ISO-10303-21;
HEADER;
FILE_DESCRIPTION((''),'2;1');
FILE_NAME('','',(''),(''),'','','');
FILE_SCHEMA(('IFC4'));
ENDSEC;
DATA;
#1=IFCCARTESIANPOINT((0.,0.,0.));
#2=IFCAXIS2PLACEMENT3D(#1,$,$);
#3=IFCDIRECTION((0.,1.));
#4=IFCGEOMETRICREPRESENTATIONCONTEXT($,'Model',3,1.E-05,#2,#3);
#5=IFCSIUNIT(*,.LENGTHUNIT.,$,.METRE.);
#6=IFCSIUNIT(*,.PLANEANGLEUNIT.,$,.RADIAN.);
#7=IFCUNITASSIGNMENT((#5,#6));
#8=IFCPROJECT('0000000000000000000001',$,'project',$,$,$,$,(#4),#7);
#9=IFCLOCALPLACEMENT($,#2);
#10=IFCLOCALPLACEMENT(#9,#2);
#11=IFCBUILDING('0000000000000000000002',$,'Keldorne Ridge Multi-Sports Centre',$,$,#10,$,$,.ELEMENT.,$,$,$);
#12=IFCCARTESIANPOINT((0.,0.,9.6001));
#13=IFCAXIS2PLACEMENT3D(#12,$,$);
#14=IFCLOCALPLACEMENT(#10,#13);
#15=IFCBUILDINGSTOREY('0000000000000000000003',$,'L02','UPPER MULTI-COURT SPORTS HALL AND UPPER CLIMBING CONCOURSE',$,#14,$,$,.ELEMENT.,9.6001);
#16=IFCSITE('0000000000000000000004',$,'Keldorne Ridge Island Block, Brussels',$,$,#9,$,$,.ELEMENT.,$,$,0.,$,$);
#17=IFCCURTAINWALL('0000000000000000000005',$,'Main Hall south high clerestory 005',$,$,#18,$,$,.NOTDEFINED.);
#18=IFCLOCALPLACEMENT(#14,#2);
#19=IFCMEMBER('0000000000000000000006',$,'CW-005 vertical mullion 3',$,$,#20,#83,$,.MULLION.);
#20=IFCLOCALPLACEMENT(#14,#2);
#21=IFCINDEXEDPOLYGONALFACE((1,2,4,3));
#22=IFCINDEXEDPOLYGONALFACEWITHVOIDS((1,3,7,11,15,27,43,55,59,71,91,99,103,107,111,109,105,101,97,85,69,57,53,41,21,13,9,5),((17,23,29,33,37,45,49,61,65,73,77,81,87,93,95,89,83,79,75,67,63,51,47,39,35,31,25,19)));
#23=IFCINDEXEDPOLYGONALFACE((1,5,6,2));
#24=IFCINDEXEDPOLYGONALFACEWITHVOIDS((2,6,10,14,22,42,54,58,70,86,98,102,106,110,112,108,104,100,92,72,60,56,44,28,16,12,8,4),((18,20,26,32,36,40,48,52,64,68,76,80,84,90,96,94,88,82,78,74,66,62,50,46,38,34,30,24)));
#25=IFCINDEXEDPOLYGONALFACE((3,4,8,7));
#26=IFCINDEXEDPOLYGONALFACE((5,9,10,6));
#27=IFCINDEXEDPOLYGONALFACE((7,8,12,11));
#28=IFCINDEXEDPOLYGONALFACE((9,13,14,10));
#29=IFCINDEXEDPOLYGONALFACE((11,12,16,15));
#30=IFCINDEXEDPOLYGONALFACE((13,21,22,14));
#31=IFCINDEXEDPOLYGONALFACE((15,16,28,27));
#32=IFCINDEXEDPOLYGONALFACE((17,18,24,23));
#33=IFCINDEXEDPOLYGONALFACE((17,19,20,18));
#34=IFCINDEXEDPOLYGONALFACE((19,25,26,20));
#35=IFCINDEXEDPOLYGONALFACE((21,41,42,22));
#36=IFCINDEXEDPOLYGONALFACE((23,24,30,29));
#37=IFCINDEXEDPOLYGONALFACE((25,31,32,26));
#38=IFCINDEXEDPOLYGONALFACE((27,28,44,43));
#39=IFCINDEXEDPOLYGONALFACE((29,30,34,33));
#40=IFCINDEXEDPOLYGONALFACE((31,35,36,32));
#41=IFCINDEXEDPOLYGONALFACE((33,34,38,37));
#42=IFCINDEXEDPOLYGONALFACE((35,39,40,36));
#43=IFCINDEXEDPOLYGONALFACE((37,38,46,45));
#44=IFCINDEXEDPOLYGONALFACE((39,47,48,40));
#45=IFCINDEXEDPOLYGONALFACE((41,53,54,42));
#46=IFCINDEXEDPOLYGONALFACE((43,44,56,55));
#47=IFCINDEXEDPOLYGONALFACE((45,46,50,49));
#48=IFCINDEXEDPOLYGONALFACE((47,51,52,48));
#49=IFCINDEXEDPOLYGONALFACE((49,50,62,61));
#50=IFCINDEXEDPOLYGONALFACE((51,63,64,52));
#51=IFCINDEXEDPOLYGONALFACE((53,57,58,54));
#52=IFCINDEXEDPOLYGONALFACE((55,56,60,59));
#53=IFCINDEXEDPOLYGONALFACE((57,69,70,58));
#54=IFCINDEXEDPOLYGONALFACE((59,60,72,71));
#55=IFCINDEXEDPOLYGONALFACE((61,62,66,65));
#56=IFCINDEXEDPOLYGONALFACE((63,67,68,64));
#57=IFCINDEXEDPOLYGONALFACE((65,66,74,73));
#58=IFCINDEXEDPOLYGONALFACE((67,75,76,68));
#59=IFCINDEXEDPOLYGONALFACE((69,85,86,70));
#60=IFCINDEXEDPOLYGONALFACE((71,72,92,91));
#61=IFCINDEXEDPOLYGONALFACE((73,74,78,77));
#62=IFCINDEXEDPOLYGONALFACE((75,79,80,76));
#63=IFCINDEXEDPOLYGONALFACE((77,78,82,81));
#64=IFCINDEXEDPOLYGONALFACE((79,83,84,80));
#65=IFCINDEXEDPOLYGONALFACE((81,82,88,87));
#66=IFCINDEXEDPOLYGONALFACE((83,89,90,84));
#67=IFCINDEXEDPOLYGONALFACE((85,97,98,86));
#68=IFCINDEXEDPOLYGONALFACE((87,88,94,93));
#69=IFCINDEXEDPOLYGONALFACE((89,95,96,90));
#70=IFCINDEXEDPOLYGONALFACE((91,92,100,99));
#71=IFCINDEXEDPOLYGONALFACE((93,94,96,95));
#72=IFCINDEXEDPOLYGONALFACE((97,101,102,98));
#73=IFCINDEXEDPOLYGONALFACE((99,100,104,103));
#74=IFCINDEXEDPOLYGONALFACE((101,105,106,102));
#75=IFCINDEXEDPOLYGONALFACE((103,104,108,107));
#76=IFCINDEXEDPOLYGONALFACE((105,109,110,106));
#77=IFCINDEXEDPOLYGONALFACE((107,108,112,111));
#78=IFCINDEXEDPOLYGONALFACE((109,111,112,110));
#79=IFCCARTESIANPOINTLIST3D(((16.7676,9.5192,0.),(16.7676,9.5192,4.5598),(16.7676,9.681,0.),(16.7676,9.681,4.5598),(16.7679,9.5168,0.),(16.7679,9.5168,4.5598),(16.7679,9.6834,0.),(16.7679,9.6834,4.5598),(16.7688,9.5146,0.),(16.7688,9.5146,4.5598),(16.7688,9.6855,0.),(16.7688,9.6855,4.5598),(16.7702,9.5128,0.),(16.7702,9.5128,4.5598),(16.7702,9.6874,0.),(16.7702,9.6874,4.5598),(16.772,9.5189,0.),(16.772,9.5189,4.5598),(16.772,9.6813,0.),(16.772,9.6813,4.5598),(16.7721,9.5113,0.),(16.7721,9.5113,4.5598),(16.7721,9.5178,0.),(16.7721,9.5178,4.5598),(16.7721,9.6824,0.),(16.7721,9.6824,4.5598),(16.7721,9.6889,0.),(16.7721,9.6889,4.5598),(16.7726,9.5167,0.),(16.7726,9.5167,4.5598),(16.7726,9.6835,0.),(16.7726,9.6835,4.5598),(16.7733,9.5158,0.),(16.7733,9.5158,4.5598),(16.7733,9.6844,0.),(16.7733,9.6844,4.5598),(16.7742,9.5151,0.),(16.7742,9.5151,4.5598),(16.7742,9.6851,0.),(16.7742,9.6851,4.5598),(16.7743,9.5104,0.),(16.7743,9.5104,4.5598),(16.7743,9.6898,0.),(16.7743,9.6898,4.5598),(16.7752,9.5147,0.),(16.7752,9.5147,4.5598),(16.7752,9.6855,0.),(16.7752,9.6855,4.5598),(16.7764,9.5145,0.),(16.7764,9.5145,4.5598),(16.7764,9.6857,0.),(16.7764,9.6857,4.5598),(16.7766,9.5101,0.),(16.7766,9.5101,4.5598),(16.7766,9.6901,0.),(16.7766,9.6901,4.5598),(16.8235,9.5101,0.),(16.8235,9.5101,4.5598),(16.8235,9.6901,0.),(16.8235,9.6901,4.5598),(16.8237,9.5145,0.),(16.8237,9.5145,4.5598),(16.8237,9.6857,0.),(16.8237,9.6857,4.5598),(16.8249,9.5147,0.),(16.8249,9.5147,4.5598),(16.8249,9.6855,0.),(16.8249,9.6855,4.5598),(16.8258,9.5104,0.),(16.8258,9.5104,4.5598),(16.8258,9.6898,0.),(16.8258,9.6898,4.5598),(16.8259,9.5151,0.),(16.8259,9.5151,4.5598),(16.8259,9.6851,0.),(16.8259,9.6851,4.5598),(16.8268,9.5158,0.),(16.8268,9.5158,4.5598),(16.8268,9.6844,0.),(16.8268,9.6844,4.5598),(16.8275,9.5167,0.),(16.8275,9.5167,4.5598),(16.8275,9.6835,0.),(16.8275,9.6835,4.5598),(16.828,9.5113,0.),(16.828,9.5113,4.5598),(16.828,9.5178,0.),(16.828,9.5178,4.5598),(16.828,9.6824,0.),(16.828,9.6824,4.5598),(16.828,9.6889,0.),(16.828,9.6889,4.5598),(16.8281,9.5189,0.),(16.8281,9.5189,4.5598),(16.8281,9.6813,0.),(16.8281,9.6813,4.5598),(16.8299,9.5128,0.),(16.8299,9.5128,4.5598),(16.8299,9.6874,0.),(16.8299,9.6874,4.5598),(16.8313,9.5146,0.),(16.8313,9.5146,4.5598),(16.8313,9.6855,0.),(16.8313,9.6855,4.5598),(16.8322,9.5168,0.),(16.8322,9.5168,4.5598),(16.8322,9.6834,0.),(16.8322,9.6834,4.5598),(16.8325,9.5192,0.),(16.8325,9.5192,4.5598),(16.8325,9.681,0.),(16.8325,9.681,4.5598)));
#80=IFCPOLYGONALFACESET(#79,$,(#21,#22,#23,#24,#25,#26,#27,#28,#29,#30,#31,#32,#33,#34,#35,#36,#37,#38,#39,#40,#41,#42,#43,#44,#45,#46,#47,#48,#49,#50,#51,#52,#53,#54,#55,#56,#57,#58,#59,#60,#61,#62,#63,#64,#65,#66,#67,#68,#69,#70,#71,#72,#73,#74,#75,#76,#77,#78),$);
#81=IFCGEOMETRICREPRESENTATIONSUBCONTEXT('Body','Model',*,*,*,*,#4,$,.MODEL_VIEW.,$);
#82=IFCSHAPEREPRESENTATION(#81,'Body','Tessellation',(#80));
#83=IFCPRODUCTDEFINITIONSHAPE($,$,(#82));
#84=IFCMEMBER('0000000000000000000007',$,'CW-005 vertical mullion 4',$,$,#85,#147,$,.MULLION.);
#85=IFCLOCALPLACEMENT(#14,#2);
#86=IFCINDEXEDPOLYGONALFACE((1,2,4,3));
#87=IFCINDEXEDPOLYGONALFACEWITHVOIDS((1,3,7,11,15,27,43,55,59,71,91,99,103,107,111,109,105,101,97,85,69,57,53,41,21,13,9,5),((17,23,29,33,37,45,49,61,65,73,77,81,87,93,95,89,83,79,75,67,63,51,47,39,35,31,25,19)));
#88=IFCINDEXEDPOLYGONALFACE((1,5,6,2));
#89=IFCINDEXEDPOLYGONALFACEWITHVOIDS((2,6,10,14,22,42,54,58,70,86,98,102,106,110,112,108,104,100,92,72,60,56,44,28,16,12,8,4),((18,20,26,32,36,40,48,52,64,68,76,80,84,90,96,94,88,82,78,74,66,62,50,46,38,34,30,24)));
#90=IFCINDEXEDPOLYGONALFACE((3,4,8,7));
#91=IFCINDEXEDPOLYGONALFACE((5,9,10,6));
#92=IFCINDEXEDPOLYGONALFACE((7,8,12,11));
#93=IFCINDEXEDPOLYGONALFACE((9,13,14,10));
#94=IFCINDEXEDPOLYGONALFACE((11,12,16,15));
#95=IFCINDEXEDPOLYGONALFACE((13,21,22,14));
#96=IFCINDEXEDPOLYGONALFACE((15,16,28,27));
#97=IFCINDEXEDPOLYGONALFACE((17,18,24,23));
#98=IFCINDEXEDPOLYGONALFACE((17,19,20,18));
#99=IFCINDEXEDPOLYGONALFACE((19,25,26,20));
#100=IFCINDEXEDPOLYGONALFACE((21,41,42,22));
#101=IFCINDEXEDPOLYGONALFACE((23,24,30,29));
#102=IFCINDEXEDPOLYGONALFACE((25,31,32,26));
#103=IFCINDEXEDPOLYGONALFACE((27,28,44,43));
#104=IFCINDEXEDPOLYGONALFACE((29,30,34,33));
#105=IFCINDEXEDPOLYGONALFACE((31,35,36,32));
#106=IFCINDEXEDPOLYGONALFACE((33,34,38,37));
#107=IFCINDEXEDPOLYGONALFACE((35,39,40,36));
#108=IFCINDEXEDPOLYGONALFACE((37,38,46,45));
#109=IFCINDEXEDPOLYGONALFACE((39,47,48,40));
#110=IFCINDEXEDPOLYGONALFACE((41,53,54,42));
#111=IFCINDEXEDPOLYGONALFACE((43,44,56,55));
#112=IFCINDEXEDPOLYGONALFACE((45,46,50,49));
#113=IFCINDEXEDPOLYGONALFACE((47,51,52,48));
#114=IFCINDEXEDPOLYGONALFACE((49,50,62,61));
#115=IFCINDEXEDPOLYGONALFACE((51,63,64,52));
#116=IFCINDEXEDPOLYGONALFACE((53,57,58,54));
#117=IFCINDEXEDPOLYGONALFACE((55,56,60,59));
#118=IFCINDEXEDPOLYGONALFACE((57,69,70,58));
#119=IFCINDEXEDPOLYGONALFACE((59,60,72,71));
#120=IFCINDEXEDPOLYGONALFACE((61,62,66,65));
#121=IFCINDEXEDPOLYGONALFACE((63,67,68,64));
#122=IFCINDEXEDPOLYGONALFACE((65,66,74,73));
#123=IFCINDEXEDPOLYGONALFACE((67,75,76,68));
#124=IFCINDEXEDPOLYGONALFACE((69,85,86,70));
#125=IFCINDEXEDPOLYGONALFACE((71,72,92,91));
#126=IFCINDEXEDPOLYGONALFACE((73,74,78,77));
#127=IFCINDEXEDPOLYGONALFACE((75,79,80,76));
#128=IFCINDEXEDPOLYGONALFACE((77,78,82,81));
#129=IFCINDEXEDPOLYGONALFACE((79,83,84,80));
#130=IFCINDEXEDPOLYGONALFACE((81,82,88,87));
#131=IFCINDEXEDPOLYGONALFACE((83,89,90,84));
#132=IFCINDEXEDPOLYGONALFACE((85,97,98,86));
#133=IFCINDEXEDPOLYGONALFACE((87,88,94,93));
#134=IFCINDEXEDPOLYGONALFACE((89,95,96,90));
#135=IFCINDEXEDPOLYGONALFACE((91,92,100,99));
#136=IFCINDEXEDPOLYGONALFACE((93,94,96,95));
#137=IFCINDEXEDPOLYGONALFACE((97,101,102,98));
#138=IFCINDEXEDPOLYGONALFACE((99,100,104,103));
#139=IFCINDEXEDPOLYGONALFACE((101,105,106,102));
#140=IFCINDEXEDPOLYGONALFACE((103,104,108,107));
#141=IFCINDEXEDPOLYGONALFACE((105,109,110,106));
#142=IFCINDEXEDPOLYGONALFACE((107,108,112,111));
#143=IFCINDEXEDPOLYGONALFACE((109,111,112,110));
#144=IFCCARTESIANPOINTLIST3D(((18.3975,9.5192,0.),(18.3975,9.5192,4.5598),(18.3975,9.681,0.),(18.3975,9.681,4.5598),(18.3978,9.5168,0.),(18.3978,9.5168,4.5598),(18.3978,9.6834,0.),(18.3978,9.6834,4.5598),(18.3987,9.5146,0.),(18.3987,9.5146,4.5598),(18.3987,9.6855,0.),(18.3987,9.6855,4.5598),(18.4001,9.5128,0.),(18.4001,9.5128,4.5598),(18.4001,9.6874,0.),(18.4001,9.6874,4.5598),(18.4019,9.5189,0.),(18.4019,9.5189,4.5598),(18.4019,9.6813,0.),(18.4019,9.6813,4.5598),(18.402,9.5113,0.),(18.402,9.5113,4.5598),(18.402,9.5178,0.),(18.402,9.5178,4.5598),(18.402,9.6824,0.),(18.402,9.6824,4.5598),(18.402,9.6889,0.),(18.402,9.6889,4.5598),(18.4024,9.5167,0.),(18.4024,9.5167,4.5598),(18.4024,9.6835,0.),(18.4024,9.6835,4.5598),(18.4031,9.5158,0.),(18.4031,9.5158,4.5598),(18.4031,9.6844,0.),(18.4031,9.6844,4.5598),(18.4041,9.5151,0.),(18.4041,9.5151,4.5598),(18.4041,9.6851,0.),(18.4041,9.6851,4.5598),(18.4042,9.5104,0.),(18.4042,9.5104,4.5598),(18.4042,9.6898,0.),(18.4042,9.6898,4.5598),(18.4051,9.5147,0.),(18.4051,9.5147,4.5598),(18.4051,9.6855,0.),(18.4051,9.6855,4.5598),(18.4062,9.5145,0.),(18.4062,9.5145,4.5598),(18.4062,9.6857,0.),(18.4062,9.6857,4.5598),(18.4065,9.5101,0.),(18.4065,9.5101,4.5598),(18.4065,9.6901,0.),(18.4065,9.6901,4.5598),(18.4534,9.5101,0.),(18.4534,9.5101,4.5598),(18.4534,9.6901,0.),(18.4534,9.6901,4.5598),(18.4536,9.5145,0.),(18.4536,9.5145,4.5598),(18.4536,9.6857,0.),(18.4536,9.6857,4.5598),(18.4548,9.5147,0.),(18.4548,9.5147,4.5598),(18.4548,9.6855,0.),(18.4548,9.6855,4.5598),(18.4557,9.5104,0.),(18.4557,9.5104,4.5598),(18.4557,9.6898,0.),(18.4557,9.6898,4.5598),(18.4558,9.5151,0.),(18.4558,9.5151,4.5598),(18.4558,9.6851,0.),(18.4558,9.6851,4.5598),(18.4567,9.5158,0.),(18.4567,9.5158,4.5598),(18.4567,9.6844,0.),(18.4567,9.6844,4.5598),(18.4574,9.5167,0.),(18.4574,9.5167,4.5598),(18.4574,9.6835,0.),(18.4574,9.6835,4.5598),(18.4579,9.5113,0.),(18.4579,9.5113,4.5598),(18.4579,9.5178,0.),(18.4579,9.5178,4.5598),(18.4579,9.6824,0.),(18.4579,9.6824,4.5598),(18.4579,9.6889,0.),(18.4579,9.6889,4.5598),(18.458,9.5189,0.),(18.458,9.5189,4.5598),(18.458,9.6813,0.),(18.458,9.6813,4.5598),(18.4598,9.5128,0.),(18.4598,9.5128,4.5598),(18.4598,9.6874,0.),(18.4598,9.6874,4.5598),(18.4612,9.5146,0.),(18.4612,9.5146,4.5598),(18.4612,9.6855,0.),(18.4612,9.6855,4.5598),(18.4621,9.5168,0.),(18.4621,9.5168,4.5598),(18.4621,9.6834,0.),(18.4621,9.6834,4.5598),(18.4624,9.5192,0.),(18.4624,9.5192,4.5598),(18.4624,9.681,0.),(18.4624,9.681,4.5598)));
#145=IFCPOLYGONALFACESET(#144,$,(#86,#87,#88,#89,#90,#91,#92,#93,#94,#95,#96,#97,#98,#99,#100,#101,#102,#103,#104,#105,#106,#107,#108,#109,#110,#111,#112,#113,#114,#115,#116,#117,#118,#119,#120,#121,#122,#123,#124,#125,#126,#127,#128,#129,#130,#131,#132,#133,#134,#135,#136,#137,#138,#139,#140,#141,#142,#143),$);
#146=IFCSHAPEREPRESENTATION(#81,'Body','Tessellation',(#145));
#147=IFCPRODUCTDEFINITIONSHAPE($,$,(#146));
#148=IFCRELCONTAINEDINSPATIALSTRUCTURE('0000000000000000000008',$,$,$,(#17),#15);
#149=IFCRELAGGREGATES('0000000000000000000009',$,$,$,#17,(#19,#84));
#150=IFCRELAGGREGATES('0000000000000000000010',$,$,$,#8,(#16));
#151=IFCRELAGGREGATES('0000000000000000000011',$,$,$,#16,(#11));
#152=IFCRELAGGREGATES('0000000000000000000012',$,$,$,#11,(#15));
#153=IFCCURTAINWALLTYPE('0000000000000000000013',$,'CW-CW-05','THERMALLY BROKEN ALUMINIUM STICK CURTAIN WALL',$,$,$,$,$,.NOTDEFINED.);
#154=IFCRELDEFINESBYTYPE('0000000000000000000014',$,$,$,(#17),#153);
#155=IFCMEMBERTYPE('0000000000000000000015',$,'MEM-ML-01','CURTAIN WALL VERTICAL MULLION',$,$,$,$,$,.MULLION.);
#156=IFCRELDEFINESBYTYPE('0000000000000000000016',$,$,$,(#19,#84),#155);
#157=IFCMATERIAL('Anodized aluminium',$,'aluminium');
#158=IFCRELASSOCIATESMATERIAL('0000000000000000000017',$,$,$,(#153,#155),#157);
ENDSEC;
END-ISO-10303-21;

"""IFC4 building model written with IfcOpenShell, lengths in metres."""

from ifc_helpers import new_model, si_unit, direction, frame, origin, origin_2d, place, context, subcontext, project, spatial, hollow_rectangle, extrude, material, material_profile, profile_set, type_object, element, aggregate, save


model = new_model("IFC4")

# Units and contexts
model_context = context("Model", 3, precision=1e-05, world=origin(), true_north=direction((0.0, 1.0)))
body_context = subcontext(model_context, "Body", "Model", "MODEL_VIEW")
ifc_project = project(units=[si_unit("LENGTHUNIT", "METRE"), si_unit("PLANEANGLEUNIT", "RADIAN")], contexts=[model_context])

# Site, building, storey
site_placement = place(None, origin())
site = spatial("IfcSite", under=ifc_project, at=site_placement, Name="Keldorne Ridge Island Block, Brussels", CompositionType="ELEMENT", RefElevation=0.0)
building_placement = place(site_placement, origin())
building = spatial("IfcBuilding", under=site, at=building_placement, Name="Keldorne Ridge Multi-Sports Centre", CompositionType="ELEMENT")
storey_placement = place(building_placement, frame((0.0, 0.0, 9.6001)))
storey = spatial("IfcBuildingStorey", under=building, at=storey_placement, Name="L02", Description="UPPER MULTI-COURT SPORTS HALL AND UPPER CLIMBING CONCOURSE", CompositionType="ELEMENT", Elevation=9.6001)

# Curtain wall, members
ifc_material_1 = material(Name="Anodized aluminium", Category="aluminium")
curtain_wall_type = type_object("IfcCurtainWallType", Name="CW-CW-05", Description="THERMALLY BROKEN ALUMINIUM STICK CURTAIN WALL", PredefinedType="NOTDEFINED", material=ifc_material_1)
curtain_wall_placement = place(storey_placement, origin())
curtain_wall = element("IfcCurtainWall", 1, at=curtain_wall_placement, inside=storey, type_object=curtain_wall_type, Name="Main Hall south high clerestory 005", PredefinedType="NOTDEFINED")
ifc_material_profile_1 = material_profile(ifc_material_1, hollow_rectangle(XDim=0.0649, YDim=0.1799, WallThickness=0.0044, InnerFilletRadius=0.0044, OuterFilletRadius=0.009, at=origin_2d()), Name="ALU MULLION 180x65x4.5")
ifc_profile_set_1 = profile_set([ifc_material_profile_1], Name="Anodized aluminium")
member_type_1 = type_object("IfcMemberType", Name="MEM-ML-01", Description="CURTAIN WALL VERTICAL MULLION", PredefinedType="MULLION", material=ifc_profile_set_1)
member_1_placement = place(storey_placement, frame((16.8, 9.6001, 0.0), z_axis=(0.0, 0.0, 1.0), x_axis=(1.0, 0.0, 0.0)))
member_1 = element("IfcMember", 2, at=member_1_placement, type_object=member_type_1, Name="CW-005 vertical mullion 3", PredefinedType="MULLION", context=body_context, shape_type="SweptSolid", body=[
    extrude(hollow_rectangle(XDim=0.0649, YDim=0.1799, WallThickness=0.0044, InnerFilletRadius=0.0044, OuterFilletRadius=0.009, at=origin_2d()), origin(), (0.0, 0.0, 1.0), 4.5598),
])
member_2_placement = place(storey_placement, frame((18.4299, 9.6001, 0.0), z_axis=(0.0, 0.0, 1.0), x_axis=(1.0, 0.0, 0.0)))
member_2 = element("IfcMember", 3, at=member_2_placement, type_object=member_type_1, Name="CW-005 vertical mullion 4", PredefinedType="MULLION", context=body_context, shape_type="SweptSolid", body=[
    extrude(hollow_rectangle(XDim=0.0649, YDim=0.1799, WallThickness=0.0044, InnerFilletRadius=0.0044, OuterFilletRadius=0.009, at=origin_2d()), origin(), (0.0, 0.0, 1.0), 4.5598),
])
aggregate(curtain_wall, [member_1, member_2])

save(model, "model.ifc")
